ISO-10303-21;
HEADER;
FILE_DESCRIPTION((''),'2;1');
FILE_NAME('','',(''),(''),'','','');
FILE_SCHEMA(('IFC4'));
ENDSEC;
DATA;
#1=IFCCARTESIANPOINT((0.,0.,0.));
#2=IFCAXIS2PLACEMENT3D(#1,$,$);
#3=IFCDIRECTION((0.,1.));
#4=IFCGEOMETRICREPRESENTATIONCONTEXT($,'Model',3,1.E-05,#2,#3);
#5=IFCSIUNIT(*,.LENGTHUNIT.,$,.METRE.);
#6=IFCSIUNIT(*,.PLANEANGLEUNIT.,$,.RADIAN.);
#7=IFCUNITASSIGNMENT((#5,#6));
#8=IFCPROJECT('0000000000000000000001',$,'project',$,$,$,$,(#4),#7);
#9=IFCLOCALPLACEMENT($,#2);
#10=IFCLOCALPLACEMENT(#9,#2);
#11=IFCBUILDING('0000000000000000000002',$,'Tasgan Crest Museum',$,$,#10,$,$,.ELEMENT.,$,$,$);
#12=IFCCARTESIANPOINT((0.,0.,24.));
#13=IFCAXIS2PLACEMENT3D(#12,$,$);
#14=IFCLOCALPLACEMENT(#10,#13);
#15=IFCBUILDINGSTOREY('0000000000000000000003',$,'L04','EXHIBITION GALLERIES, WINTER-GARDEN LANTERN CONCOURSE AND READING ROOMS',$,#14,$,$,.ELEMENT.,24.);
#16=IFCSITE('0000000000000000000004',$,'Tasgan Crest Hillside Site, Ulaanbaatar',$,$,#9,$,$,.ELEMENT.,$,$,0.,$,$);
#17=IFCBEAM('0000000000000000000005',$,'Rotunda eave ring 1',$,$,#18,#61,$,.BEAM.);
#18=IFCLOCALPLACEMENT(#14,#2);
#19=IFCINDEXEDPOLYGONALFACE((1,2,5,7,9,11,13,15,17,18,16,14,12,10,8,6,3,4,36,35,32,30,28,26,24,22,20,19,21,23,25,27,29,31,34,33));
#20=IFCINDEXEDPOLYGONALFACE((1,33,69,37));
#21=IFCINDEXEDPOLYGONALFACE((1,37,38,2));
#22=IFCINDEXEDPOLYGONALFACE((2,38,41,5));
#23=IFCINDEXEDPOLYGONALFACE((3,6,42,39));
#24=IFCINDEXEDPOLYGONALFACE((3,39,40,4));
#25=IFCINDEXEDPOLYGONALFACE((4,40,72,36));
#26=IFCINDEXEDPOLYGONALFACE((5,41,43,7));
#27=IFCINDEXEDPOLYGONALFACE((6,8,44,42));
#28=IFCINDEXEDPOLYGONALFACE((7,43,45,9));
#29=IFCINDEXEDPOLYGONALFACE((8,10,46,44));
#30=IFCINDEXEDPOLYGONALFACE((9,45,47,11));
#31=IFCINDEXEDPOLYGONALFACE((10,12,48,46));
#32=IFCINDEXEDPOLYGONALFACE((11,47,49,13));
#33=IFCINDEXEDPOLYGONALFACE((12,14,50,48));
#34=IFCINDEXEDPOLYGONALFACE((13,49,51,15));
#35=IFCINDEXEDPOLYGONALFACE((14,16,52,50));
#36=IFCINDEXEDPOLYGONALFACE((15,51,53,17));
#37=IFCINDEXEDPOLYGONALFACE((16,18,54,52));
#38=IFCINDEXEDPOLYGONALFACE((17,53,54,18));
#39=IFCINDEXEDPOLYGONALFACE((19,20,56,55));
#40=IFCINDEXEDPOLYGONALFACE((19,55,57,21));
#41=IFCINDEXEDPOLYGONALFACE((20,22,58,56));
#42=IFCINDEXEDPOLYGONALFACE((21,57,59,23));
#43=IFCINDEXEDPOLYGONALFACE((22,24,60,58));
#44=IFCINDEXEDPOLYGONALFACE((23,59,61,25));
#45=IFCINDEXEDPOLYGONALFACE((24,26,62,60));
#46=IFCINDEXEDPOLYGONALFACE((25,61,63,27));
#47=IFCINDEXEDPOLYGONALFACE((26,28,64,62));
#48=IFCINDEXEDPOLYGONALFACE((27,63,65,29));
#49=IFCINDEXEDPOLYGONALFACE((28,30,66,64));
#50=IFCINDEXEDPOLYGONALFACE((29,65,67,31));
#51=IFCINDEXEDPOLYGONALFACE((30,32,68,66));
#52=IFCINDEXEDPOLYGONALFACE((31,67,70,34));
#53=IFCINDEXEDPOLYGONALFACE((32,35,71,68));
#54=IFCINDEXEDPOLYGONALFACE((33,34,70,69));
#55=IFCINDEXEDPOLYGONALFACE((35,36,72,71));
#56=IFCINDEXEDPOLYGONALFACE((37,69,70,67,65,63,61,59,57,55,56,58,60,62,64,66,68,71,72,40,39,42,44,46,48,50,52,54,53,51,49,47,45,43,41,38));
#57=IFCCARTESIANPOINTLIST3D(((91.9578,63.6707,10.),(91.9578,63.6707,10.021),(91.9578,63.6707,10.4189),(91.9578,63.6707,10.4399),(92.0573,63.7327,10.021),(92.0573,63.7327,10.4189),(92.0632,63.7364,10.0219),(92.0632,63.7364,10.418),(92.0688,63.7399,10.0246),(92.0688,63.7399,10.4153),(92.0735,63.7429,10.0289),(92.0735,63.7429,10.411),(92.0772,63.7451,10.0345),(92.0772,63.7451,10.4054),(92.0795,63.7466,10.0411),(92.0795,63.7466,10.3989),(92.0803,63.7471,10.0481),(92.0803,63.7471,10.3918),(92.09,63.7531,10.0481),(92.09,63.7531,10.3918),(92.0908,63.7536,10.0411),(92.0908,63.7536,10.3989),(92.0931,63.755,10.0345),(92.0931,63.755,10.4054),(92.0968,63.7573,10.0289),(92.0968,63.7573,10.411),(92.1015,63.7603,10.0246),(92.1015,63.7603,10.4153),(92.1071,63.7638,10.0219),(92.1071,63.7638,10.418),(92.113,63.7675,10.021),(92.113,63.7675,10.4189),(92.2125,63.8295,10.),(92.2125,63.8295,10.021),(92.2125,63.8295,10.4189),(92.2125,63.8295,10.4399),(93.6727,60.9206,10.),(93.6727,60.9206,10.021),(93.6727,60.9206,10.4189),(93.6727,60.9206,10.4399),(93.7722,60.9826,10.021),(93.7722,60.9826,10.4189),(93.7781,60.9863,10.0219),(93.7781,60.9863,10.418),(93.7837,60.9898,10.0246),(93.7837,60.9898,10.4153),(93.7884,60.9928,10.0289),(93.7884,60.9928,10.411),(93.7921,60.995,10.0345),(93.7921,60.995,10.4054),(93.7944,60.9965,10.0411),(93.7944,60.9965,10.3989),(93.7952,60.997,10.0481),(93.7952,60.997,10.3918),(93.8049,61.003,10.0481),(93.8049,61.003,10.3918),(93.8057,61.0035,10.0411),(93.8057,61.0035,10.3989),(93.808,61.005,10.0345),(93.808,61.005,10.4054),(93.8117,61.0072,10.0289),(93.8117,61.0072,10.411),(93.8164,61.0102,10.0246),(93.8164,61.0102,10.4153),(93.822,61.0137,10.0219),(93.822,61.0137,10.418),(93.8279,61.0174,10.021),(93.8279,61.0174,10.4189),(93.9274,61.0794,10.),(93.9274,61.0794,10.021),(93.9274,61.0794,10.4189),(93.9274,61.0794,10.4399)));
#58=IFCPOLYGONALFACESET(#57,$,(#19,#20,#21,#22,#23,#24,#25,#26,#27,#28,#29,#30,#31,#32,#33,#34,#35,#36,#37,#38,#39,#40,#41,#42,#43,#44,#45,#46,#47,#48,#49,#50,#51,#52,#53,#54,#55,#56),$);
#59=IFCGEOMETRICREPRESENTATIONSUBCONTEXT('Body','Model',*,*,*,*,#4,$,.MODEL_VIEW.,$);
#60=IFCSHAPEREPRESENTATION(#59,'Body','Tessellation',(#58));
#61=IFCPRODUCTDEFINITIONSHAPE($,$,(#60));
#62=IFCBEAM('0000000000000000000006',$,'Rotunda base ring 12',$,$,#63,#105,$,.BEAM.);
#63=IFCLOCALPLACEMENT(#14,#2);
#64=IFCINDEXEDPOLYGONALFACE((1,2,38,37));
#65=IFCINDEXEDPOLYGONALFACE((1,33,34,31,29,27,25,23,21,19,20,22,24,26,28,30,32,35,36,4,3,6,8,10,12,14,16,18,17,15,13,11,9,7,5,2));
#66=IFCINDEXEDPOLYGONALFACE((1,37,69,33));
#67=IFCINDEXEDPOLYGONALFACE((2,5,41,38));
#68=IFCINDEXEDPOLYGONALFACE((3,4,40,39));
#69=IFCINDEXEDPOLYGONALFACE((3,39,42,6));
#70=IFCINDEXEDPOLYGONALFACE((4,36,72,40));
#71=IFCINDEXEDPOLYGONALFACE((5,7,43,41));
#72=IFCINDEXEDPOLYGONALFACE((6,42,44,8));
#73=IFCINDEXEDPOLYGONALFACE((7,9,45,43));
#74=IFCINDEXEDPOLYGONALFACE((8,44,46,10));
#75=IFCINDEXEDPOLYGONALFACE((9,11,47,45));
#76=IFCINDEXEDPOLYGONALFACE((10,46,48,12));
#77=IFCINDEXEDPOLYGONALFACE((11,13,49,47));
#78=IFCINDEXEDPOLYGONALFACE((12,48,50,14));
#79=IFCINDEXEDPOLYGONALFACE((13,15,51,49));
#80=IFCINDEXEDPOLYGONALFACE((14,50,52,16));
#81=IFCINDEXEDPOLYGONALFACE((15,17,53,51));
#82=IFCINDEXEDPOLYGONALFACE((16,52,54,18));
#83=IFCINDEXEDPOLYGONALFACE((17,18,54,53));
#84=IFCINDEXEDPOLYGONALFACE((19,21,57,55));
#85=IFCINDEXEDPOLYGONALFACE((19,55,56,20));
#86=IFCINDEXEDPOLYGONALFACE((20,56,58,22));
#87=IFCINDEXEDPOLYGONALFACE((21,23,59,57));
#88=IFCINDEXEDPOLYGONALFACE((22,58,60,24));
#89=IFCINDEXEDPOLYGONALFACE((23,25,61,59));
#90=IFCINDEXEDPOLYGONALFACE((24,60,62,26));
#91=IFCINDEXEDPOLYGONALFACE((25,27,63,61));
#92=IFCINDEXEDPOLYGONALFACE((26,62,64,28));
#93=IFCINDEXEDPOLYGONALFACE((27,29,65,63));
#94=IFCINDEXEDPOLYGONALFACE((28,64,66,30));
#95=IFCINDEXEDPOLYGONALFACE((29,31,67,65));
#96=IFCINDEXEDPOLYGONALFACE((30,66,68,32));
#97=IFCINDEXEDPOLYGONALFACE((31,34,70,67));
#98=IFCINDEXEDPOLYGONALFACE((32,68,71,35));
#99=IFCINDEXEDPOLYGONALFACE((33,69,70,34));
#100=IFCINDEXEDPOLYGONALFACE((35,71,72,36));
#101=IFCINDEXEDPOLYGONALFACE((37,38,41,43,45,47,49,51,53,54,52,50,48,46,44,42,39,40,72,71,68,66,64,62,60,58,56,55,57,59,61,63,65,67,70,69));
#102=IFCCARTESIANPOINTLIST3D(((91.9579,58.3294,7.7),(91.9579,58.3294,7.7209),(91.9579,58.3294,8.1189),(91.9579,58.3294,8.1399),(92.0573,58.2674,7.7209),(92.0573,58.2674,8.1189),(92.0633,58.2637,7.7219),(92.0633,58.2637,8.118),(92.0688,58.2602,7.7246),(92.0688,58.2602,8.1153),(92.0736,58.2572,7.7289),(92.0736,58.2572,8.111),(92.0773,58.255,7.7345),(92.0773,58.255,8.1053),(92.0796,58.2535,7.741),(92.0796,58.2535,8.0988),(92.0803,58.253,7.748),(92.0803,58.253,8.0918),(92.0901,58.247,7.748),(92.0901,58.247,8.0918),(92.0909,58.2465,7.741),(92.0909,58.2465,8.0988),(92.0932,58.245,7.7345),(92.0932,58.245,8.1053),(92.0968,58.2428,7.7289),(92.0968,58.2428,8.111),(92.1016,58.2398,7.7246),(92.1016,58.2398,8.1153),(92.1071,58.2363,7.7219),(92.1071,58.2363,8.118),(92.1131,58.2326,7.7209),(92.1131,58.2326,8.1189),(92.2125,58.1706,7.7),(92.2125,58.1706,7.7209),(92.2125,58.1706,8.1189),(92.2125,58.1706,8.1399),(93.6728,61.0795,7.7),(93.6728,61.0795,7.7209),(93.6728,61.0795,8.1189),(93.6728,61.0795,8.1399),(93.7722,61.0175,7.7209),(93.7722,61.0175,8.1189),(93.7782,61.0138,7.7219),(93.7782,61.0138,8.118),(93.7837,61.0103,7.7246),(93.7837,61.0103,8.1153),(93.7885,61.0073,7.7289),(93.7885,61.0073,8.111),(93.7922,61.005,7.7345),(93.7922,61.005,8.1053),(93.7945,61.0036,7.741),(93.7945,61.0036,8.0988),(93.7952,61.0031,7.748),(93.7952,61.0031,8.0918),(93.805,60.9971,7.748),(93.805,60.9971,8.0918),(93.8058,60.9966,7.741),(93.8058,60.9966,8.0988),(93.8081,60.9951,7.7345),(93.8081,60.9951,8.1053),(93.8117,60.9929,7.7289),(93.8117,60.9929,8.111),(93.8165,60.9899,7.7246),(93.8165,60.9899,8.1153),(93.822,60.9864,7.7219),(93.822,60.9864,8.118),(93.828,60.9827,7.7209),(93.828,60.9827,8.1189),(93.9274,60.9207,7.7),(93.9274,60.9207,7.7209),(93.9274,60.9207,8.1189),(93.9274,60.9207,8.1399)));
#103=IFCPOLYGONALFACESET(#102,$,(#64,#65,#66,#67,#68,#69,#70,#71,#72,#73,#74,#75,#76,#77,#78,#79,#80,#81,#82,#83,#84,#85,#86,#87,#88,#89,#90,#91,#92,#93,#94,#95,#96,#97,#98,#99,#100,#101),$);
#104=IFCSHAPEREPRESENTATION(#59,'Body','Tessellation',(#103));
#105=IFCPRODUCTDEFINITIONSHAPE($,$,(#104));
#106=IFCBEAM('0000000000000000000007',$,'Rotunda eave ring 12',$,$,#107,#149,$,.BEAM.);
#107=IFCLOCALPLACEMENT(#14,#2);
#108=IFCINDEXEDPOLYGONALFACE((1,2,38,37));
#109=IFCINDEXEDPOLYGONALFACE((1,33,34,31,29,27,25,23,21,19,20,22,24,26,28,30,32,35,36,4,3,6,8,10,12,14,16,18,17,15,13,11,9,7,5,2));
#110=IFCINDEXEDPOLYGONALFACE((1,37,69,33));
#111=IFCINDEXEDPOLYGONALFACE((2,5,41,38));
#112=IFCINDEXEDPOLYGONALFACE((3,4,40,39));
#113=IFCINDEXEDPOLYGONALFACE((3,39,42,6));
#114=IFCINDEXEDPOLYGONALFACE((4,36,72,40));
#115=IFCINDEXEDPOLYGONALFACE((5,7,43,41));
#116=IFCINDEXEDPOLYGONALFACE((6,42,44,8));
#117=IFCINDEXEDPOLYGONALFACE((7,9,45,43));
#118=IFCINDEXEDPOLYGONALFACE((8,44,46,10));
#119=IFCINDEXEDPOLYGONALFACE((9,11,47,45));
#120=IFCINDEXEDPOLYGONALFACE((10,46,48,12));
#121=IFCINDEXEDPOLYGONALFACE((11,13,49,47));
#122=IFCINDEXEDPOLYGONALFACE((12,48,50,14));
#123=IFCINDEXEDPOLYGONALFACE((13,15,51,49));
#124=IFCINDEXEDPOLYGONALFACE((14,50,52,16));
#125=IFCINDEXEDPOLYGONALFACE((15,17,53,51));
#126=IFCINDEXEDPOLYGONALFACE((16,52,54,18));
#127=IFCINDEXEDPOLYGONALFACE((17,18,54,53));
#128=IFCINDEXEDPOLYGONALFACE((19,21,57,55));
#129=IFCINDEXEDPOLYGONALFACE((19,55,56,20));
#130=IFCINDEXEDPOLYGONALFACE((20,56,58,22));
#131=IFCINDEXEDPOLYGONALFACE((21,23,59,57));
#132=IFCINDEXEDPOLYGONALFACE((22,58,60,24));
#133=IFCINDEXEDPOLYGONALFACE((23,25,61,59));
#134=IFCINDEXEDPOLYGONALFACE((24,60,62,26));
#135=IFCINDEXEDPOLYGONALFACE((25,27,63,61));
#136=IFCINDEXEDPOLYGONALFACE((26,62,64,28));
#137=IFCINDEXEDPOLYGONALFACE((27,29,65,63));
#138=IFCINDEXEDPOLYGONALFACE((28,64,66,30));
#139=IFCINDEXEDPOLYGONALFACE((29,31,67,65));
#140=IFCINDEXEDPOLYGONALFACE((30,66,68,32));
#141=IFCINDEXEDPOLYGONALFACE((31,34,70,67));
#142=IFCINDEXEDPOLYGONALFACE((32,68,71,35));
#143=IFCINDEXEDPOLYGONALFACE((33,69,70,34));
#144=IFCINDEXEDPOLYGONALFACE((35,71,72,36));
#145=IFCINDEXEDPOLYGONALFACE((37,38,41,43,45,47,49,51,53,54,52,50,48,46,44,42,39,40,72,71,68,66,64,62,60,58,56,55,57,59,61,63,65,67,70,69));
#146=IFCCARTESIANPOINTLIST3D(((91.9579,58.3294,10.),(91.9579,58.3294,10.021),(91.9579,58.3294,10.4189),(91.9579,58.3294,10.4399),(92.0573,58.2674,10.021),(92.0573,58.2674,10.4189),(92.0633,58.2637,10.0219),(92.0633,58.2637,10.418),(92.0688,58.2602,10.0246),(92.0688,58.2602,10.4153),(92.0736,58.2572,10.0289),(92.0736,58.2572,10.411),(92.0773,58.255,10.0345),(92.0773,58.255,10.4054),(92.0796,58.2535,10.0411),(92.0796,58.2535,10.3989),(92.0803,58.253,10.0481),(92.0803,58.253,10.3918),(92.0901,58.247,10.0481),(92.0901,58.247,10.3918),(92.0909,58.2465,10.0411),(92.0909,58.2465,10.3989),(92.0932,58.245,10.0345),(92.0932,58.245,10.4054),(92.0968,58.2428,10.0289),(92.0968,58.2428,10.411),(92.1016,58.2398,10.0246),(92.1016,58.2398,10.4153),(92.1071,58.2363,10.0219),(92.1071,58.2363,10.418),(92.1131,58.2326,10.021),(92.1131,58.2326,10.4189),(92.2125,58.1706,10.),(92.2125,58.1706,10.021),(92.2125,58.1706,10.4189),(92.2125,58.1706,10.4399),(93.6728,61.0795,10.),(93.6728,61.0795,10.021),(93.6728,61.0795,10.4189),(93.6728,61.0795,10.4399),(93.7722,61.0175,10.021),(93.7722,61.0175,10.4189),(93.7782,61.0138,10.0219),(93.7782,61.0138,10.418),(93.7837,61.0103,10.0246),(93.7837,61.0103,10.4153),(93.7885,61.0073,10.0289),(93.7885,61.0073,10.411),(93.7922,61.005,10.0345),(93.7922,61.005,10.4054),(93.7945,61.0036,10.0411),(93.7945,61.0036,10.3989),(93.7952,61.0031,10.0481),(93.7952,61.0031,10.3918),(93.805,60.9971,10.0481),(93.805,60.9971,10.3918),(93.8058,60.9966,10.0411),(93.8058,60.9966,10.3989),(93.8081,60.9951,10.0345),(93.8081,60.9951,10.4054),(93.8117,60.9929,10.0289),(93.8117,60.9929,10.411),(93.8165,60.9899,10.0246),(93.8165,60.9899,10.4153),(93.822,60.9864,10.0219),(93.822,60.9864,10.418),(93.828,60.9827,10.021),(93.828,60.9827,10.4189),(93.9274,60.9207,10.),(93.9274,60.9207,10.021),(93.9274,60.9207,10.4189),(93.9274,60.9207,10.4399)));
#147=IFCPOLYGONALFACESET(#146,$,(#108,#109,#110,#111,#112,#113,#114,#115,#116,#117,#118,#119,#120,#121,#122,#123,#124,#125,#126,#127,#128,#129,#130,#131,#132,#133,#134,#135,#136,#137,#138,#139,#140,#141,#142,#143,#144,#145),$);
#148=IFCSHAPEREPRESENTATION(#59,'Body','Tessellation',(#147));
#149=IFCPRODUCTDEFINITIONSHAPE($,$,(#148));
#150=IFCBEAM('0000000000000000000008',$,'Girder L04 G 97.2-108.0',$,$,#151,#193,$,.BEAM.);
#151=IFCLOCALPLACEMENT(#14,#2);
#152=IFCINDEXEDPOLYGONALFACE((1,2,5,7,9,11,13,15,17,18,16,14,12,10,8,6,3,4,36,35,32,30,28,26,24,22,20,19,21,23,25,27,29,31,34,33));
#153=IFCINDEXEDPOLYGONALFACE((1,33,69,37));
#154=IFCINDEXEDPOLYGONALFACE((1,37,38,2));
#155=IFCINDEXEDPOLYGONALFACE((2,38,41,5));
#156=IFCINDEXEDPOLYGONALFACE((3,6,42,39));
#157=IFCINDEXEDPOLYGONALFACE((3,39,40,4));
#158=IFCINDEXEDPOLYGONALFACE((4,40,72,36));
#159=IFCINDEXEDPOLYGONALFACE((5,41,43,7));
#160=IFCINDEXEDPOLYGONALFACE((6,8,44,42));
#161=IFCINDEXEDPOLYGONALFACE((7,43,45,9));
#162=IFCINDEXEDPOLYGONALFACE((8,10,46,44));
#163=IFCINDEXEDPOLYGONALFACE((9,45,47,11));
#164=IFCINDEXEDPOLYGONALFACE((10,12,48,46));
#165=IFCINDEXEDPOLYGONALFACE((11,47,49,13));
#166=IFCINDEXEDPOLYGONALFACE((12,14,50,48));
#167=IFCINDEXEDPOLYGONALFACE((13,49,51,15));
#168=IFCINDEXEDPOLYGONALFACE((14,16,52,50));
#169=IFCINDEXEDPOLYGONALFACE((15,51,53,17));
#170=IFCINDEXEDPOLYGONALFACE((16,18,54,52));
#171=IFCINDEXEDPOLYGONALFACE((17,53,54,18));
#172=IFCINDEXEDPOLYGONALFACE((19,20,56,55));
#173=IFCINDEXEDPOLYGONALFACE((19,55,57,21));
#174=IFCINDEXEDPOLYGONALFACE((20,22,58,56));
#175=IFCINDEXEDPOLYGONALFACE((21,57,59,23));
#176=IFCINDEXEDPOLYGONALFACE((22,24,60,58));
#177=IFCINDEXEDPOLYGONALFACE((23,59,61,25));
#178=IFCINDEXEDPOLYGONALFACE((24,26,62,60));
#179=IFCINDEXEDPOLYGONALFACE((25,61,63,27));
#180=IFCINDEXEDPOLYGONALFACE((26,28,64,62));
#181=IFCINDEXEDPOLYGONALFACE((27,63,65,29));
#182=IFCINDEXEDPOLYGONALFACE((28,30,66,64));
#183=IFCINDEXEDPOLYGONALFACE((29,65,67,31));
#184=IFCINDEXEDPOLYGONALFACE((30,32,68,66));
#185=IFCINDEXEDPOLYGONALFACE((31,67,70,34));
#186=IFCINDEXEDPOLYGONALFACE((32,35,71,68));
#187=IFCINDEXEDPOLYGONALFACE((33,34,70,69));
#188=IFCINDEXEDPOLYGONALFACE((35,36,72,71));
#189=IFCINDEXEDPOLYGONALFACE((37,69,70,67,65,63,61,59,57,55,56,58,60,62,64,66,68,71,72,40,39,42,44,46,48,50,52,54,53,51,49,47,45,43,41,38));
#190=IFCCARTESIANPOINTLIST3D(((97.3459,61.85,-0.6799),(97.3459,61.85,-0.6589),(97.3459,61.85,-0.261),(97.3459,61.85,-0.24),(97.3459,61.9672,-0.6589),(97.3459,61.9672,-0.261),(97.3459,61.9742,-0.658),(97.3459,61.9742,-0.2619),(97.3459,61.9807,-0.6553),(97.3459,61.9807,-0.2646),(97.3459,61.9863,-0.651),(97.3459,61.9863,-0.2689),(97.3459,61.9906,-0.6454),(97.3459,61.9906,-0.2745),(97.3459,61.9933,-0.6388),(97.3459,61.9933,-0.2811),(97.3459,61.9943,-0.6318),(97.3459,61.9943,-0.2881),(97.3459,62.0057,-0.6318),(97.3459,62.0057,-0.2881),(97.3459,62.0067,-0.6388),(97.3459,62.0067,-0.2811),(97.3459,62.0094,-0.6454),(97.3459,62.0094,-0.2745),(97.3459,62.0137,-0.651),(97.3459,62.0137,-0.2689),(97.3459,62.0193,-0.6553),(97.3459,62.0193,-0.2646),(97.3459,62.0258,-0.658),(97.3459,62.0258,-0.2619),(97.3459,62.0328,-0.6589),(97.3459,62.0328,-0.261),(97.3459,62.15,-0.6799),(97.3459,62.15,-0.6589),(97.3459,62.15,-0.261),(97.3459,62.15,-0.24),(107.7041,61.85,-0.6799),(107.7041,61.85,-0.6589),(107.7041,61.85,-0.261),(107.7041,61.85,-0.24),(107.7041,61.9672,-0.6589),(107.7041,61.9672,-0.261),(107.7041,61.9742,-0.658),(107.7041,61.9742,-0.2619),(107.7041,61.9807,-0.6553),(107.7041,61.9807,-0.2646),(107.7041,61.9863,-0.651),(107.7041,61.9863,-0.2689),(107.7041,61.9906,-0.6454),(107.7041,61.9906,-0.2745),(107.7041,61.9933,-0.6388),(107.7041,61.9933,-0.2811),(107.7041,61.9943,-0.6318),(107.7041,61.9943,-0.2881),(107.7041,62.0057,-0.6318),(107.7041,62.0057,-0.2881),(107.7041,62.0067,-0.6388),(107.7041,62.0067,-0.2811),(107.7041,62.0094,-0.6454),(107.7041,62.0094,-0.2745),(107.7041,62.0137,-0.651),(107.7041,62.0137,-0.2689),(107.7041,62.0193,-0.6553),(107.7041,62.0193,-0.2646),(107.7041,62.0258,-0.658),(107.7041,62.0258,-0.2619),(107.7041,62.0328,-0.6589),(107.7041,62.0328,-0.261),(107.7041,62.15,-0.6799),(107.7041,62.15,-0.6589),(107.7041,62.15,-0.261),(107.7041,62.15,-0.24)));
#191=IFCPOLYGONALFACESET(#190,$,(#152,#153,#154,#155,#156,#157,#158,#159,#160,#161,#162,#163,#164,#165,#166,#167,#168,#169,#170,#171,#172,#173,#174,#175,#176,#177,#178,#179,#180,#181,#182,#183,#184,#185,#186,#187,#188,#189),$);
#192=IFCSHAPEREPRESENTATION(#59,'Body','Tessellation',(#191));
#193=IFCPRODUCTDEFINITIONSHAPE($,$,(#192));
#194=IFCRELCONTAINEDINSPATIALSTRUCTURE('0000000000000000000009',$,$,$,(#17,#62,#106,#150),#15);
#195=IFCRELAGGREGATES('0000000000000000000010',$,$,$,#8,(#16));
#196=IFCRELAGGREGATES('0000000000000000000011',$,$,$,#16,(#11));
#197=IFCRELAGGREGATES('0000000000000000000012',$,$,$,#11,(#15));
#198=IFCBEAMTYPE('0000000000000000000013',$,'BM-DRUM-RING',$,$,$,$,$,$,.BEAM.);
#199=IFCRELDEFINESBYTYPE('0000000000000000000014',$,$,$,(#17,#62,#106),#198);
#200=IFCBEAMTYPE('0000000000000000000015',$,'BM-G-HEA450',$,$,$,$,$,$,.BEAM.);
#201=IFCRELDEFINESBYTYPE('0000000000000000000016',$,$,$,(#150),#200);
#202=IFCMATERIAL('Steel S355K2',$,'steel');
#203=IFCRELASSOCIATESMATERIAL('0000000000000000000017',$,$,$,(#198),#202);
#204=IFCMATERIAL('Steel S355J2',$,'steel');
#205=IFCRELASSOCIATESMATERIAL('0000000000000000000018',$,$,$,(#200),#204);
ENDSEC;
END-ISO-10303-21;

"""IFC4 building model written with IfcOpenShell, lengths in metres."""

from ifc_helpers import new_model, si_unit, direction, frame, origin, origin_2d, place, context, subcontext, project, spatial, i_section, extrude, material, material_profile, profile_set, type_object, element, save


model = new_model("IFC4")

# Units and contexts
model_context = context("Model", 3, precision=1e-05, world=origin(), true_north=direction((0.0, 1.0)))
body_context = subcontext(model_context, "Body", "Model", "MODEL_VIEW")
ifc_project = project(units=[si_unit("LENGTHUNIT", "METRE"), si_unit("PLANEANGLEUNIT", "RADIAN")], contexts=[model_context])

# Site, building, storey
site_placement = place(None, origin())
site = spatial("IfcSite", under=ifc_project, at=site_placement, Name="Tasgan Crest Hillside Site, Ulaanbaatar", CompositionType="ELEMENT", RefElevation=0.0)
building_placement = place(site_placement, origin())
building = spatial("IfcBuilding", under=site, at=building_placement, Name="Tasgan Crest Museum", CompositionType="ELEMENT")
storey_placement = place(building_placement, frame((0.0, 0.0, 24.0)))
storey = spatial("IfcBuildingStorey", under=building, at=storey_placement, Name="L04", Description="EXHIBITION GALLERIES, WINTER-GARDEN LANTERN CONCOURSE AND READING ROOMS", CompositionType="ELEMENT", Elevation=24.0)

# Beams
ifc_material_1 = material(Name="Steel S355K2", Category="steel")
ifc_material_profile_1 = material_profile(ifc_material_1, i_section(OverallWidth=0.3, OverallDepth=0.4399, WebThickness=0.0115, FlangeThickness=0.021, FilletRadius=0.0271, at=origin_2d()), Name="HEA 450")
ifc_profile_set_1 = profile_set([ifc_material_profile_1], Name="Steel S355K2")
beam_type_1 = type_object("IfcBeamType", Name="BM-DRUM-RING", PredefinedType="BEAM", material=ifc_profile_set_1)
for number, where, z_axis, x_axis, name in (
    (1, (93.8, 61.0, 10.22), (-0.529132, 0.84854, 0.0), (-0.84854, -0.529132, 0.0), "Rotunda eave ring 1"),
    (2, (92.0852, 58.25, 7.9199), (0.529132, 0.84854, 0.0), (-0.84854, 0.529132, 0.0), "Rotunda base ring 12"),
    (3, (92.0852, 58.25, 10.22), (0.529132, 0.84854, 0.0), (-0.84854, 0.529132, 0.0), "Rotunda eave ring 12"),
):
    element("IfcBeam", number, at=place(storey_placement, frame(where, z_axis=z_axis, x_axis=x_axis)), inside=storey, type_object=beam_type_1, Name=name, PredefinedType="BEAM", context=body_context, shape_type="SweptSolid", body=[
        extrude(i_section(OverallWidth=0.3, OverallDepth=0.4399, WebThickness=0.0115, FlangeThickness=0.021, FilletRadius=0.0271, at=origin_2d()), origin(), (0.0, 0.0, 1.0), 3.241),
    ])
ifc_material_2 = material(Name="Steel S355J2", Category="steel")
ifc_material_profile_2 = material_profile(ifc_material_2, i_section(OverallWidth=0.3, OverallDepth=0.4399, WebThickness=0.0115, FlangeThickness=0.021, FilletRadius=0.0271, at=origin_2d()), Name="HEA 450")
ifc_profile_set_2 = profile_set([ifc_material_profile_2], Name="Steel S355J2")
beam_type_2 = type_object("IfcBeamType", Name="BM-G-HEA450", PredefinedType="BEAM", material=ifc_profile_set_2)
beam_1_placement = place(storey_placement, frame((97.3459, 62.0, -0.46), z_axis=(1.0, 0.0, 0.0), x_axis=(0.0, 1.0, 0.0)))
element("IfcBeam", 4, at=beam_1_placement, inside=storey, type_object=beam_type_2, Name="Girder L04 G 97.2-108.0", PredefinedType="BEAM", context=body_context, shape_type="SweptSolid", body=[
    extrude(i_section(OverallWidth=0.3, OverallDepth=0.4399, WebThickness=0.0115, FlangeThickness=0.021, FilletRadius=0.0271, at=origin_2d()), origin(), (0.0, 0.0, 1.0), 10.3582),
])

save(model, "model.ifc")
